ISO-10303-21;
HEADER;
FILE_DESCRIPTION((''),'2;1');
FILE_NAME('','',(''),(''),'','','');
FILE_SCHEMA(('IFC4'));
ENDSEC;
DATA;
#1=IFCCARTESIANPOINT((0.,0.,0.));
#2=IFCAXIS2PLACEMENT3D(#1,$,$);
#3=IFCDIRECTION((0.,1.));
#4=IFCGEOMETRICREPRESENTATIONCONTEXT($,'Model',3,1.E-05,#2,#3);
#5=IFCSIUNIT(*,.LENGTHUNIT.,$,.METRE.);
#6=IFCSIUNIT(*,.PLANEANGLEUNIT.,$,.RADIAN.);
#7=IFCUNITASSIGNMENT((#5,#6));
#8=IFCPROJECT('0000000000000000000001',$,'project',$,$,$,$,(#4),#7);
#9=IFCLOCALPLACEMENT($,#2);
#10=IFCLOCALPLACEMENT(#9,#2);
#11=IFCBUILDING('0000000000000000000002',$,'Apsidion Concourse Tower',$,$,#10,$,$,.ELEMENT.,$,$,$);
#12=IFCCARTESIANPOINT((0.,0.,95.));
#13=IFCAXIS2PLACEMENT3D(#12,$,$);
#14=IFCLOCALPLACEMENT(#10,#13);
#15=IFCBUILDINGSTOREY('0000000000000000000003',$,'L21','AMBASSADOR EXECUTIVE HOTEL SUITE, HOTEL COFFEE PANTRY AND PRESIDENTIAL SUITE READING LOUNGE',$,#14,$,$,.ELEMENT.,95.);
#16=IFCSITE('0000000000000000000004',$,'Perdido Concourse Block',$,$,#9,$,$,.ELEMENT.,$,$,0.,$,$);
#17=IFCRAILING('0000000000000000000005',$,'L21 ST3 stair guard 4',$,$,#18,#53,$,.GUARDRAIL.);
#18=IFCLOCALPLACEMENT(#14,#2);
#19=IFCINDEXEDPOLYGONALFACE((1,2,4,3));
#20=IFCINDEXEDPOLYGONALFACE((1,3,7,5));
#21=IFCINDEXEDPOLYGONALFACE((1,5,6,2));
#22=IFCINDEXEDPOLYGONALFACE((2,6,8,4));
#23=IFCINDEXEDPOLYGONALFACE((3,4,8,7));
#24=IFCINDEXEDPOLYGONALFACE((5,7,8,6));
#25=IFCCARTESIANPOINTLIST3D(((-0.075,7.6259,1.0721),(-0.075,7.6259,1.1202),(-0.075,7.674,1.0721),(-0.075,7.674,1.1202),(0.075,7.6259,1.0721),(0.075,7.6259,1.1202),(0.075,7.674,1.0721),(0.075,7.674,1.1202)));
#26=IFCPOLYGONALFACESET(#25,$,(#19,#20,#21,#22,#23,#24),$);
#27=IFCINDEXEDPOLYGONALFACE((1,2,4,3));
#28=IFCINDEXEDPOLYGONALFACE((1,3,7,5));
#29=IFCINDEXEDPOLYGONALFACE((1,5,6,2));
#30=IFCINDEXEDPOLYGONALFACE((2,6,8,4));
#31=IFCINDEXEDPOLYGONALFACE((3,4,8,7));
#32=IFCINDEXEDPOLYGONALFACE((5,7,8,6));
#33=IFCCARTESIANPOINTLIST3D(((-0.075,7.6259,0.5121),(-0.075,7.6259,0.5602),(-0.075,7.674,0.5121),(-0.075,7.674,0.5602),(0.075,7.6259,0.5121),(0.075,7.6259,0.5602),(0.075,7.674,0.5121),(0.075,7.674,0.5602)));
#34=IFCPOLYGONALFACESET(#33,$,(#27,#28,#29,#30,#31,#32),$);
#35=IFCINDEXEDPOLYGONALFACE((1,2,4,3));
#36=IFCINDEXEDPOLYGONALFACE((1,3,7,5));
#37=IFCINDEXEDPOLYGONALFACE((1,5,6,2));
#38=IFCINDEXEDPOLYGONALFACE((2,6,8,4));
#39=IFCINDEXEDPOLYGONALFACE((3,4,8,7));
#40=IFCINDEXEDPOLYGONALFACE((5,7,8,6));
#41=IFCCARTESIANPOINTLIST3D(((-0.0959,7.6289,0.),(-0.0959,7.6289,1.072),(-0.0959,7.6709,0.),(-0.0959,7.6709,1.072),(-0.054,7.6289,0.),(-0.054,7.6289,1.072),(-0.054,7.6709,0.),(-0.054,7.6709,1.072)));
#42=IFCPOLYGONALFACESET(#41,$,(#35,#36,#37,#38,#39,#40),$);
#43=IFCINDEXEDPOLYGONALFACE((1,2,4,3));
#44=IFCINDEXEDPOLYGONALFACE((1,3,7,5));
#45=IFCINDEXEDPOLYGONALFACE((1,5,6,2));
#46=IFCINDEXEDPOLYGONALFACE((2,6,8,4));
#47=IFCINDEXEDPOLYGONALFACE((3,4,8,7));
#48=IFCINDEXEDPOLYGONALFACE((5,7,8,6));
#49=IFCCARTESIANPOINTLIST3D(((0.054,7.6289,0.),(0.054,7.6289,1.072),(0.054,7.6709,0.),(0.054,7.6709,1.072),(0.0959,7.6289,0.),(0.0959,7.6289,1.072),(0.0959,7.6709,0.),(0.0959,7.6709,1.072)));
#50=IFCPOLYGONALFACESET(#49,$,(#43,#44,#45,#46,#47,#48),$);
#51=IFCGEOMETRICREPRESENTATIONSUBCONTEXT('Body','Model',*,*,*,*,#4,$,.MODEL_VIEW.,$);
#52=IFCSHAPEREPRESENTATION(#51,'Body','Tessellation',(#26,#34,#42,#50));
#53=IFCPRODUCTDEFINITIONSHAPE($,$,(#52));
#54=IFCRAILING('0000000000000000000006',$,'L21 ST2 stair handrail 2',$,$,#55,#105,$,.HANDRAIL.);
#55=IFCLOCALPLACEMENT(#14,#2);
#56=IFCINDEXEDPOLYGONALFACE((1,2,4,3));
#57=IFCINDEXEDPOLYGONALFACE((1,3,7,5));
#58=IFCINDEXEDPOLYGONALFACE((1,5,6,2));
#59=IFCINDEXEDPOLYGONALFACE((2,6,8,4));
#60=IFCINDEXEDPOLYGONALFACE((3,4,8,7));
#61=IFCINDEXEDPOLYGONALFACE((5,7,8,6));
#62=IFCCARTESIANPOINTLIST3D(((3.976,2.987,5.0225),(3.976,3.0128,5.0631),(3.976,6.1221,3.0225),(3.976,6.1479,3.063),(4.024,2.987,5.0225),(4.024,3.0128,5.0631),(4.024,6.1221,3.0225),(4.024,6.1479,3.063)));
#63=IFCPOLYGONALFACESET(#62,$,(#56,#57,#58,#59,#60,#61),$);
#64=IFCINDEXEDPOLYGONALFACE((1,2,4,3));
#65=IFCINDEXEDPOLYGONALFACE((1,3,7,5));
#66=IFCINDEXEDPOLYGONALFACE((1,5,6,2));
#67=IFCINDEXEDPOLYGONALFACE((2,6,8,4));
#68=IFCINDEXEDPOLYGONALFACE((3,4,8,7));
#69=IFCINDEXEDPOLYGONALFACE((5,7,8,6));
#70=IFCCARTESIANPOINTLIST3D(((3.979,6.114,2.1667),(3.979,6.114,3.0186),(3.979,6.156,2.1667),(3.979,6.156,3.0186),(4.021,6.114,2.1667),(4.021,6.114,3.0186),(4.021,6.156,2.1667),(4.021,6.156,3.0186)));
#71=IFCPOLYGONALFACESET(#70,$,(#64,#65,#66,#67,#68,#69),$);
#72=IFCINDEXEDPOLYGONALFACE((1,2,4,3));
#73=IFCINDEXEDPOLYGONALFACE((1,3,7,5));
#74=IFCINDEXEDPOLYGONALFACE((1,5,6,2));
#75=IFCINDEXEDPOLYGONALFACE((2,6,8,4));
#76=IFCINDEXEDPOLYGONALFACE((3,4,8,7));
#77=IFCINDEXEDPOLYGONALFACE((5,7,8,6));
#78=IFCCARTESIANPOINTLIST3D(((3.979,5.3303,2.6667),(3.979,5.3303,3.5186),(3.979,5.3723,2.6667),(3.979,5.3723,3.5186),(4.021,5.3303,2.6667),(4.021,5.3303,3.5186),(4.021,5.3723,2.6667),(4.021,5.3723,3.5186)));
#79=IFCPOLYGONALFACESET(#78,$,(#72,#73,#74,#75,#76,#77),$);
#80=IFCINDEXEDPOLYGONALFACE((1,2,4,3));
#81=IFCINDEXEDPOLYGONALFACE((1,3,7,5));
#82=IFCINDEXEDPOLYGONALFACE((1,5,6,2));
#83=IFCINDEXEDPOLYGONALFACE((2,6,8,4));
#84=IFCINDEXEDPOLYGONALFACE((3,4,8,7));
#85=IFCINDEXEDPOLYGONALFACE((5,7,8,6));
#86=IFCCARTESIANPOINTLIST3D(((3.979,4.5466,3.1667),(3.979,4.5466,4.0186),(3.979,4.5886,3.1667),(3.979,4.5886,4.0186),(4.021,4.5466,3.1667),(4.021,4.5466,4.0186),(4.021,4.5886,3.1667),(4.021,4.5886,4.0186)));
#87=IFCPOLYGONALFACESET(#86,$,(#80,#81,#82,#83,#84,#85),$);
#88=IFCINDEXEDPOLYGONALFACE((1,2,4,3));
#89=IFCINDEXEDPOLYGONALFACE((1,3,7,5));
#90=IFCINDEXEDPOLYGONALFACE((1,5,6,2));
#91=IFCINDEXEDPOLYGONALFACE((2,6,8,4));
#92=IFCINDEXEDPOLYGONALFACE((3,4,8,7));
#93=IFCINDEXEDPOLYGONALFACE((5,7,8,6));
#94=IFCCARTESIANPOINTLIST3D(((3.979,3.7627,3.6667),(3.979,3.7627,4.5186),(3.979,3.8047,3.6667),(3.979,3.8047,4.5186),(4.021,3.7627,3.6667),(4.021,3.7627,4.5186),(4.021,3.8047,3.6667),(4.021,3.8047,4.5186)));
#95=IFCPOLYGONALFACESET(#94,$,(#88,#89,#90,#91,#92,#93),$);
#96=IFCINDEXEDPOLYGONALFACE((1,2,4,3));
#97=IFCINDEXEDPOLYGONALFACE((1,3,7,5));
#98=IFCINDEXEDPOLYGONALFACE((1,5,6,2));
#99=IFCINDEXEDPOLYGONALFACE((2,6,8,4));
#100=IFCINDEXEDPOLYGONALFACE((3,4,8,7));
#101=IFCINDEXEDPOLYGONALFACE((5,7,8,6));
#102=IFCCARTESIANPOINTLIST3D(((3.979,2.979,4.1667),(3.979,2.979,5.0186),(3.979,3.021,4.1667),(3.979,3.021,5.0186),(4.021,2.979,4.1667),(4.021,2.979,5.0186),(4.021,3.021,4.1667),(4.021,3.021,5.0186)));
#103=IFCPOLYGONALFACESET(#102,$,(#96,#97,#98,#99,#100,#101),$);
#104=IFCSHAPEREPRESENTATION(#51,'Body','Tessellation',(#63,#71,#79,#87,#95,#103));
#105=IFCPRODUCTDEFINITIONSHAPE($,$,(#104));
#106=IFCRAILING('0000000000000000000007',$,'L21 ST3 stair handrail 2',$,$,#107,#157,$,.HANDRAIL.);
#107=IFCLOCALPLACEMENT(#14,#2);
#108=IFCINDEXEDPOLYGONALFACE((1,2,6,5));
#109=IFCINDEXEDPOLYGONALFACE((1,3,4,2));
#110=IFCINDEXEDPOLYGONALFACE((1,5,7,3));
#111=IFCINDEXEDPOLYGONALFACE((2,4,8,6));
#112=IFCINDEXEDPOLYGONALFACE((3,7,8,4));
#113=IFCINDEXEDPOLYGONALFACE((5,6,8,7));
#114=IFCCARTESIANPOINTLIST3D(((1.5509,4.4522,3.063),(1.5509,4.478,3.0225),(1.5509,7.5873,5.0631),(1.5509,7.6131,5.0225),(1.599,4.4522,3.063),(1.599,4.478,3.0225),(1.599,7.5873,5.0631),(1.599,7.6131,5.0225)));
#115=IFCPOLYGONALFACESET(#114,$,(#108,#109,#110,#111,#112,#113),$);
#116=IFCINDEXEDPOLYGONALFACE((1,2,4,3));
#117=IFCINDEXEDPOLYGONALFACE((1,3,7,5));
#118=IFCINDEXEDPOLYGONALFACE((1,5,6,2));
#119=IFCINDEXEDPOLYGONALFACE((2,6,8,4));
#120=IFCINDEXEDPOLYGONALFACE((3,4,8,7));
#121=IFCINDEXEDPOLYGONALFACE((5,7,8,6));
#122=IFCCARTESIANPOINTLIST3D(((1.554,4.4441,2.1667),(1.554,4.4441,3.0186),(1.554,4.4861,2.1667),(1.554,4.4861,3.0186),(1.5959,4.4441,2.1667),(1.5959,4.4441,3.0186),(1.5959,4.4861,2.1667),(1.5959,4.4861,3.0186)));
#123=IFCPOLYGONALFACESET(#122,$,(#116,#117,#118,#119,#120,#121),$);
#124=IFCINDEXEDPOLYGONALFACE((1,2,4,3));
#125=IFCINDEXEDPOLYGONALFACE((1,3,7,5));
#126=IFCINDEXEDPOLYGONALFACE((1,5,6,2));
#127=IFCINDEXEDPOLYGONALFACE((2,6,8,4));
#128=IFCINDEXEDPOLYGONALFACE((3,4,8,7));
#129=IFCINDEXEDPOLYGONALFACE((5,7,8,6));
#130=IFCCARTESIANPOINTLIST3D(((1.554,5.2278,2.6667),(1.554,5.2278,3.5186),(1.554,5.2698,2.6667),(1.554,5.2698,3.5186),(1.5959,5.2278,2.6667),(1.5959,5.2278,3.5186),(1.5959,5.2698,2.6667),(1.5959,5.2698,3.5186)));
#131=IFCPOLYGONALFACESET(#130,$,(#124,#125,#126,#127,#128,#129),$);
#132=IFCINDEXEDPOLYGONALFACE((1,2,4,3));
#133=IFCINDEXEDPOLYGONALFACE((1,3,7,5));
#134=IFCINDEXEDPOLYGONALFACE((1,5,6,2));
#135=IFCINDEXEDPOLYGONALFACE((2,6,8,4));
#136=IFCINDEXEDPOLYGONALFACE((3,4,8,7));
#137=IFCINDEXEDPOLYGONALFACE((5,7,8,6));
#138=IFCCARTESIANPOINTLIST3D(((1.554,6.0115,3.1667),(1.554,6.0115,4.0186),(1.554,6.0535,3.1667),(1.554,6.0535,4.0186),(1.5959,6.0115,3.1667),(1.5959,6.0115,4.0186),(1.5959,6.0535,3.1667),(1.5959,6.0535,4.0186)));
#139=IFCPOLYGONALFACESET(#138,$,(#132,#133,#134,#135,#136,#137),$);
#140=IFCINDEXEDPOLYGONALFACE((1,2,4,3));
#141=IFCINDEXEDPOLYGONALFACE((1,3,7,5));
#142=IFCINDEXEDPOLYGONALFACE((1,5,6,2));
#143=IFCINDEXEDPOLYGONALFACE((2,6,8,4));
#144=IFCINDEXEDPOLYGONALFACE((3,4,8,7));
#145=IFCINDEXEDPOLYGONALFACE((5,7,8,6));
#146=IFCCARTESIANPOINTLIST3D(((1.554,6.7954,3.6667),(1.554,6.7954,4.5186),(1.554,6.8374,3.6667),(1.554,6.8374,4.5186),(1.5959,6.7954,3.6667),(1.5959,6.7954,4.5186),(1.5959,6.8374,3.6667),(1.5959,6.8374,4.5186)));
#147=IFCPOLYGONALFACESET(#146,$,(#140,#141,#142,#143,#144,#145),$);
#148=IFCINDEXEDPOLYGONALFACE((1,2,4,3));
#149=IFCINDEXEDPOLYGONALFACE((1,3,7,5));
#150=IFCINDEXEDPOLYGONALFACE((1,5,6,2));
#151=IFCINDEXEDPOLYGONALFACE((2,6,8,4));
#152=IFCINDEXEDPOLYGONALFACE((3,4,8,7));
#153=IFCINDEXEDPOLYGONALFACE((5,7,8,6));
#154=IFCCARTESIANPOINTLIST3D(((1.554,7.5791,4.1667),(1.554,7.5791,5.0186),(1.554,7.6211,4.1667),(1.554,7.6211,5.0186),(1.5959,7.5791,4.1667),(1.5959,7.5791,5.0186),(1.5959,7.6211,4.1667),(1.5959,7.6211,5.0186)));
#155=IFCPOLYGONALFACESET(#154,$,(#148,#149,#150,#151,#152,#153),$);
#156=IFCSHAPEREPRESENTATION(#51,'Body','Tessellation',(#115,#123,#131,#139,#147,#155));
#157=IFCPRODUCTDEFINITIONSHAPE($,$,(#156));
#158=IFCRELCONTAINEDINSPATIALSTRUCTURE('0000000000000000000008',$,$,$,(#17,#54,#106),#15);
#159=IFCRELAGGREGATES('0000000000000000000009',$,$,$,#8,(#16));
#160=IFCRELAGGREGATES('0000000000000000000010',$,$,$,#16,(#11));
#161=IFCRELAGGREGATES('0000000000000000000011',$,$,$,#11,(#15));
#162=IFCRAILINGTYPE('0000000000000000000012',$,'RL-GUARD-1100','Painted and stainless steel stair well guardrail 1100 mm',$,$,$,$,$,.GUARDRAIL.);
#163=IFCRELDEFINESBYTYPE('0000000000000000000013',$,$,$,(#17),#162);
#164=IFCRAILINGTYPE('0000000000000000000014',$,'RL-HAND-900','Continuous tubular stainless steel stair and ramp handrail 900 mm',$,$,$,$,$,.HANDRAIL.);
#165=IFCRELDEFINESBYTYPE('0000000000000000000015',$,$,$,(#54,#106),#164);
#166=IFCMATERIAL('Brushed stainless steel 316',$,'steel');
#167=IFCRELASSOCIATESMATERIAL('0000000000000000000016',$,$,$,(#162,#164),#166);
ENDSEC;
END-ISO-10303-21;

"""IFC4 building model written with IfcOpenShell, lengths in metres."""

from ifc_helpers import new_model, si_unit, direction, frame, origin, origin_2d, place, context, subcontext, project, spatial, rectangle, extrude, material, type_object, element, save


model = new_model("IFC4")

# Units and contexts
model_context = context("Model", 3, precision=1e-05, world=origin(), true_north=direction((0.0, 1.0)))
body_context = subcontext(model_context, "Body", "Model", "MODEL_VIEW")
ifc_project = project(units=[si_unit("LENGTHUNIT", "METRE"), si_unit("PLANEANGLEUNIT", "RADIAN")], contexts=[model_context])

# Site, building, storey
site_placement = place(None, origin())
site = spatial("IfcSite", under=ifc_project, at=site_placement, Name="Perdido Concourse Block", CompositionType="ELEMENT", RefElevation=0.0)
building_placement = place(site_placement, origin())
building = spatial("IfcBuilding", under=site, at=building_placement, Name="Apsidion Concourse Tower", CompositionType="ELEMENT")
storey_placement = place(building_placement, frame((0.0, 0.0, 95.0)))
storey = spatial("IfcBuildingStorey", under=building, at=storey_placement, Name="L21", Description="AMBASSADOR EXECUTIVE HOTEL SUITE, HOTEL COFFEE PANTRY AND PRESIDENTIAL SUITE READING LOUNGE", CompositionType="ELEMENT", Elevation=95.0)

# Railings
ifc_material_1 = material(Name="Brushed stainless steel 316", Category="steel")
railing_type_1 = type_object("IfcRailingType", Name="RL-GUARD-1100", Description="Painted and stainless steel stair well guardrail 1100 mm", PredefinedType="GUARDRAIL", material=ifc_material_1)
railing_1_placement = place(storey_placement, frame((-0.075, 7.6499, 0.0)))
element("IfcRailing", 1, at=railing_1_placement, inside=storey, type_object=railing_type_1, Name="L21 ST3 stair guard 4", PredefinedType="GUARDRAIL", context=body_context, shape_type="SweptSolid", body=[
    extrude(rectangle(XDim=0.0481, YDim=0.0481, at=origin_2d()), frame((0.0, 0.0, 1.0962), z_axis=(1.0, 0.0, 0.0), x_axis=(0.0, 1.0, 0.0)), (0.0, 0.0, 1.0), 0.1499),
    extrude(rectangle(XDim=0.0481, YDim=0.0481, at=origin_2d()), frame((0.0, 0.0, 0.5361), z_axis=(1.0, 0.0, 0.0), x_axis=(0.0, 1.0, 0.0)), (0.0, 0.0, 1.0), 0.1499),
    extrude(rectangle(XDim=0.042, YDim=0.042, at=origin_2d()), origin(), (0.0, 0.0, 1.0), 1.072),
    extrude(rectangle(XDim=0.042, YDim=0.042, at=origin_2d()), frame((0.1499, 0.0, 0.0)), (0.0, 0.0, 1.0), 1.072),
])
railing_type_2 = type_object("IfcRailingType", Name="RL-HAND-900", Description="Continuous tubular stainless steel stair and ramp handrail 900 mm", PredefinedType="HANDRAIL", material=ifc_material_1)
railing_2_placement = place(storey_placement, frame((4.0, 6.135, 2.1667)))
element("IfcRailing", 2, at=railing_2_placement, inside=storey, type_object=railing_type_2, Name="L21 ST2 stair handrail 2", PredefinedType="HANDRAIL", context=body_context, shape_type="SweptSolid", body=[
    extrude(rectangle(XDim=0.0481, YDim=0.0481, at=origin_2d()), frame((0.0, 0.0, 0.876), z_axis=(0.0, -0.843053, 0.537831), x_axis=(1.0, 0.0, 0.0)), (0.0, 0.0, 1.0), 3.7188),
    extrude(rectangle(XDim=0.042, YDim=0.042, at=origin_2d()), origin(), (0.0, 0.0, 1.0), 0.8518),
    extrude(rectangle(XDim=0.042, YDim=0.042, at=origin_2d()), frame((0.0, -0.7837, 0.5)), (0.0, 0.0, 1.0), 0.8518),
    extrude(rectangle(XDim=0.042, YDim=0.042, at=origin_2d()), frame((0.0, -1.5674, 1.0)), (0.0, 0.0, 1.0), 0.8518),
    extrude(rectangle(XDim=0.042, YDim=0.042, at=origin_2d()), frame((0.0, -2.3513, 1.5)), (0.0, 0.0, 1.0), 0.8518),
    extrude(rectangle(XDim=0.042, YDim=0.042, at=origin_2d()), frame((0.0, -3.135, 2.0)), (0.0, 0.0, 1.0), 0.8518),
])
railing_3_placement = place(storey_placement, frame((1.575, 4.4651, 2.1667)))
element("IfcRailing", 3, at=railing_3_placement, inside=storey, type_object=railing_type_2, Name="L21 ST3 stair handrail 2", PredefinedType="HANDRAIL", context=body_context, shape_type="SweptSolid", body=[
    extrude(rectangle(XDim=0.0481, YDim=0.0481, at=origin_2d()), frame((0.0, 0.0, 0.876), z_axis=(0.0, 0.843053, 0.537831), x_axis=(-1.0, 0.0, 0.0)), (0.0, 0.0, 1.0), 3.7188),
    extrude(rectangle(XDim=0.042, YDim=0.042, at=origin_2d()), origin(), (0.0, 0.0, 1.0), 0.8518),
    extrude(rectangle(XDim=0.042, YDim=0.042, at=origin_2d()), frame((0.0, 0.7837, 0.5)), (0.0, 0.0, 1.0), 0.8518),
    extrude(rectangle(XDim=0.042, YDim=0.042, at=origin_2d()), frame((0.0, 1.5674, 1.0)), (0.0, 0.0, 1.0), 0.8518),
    extrude(rectangle(XDim=0.042, YDim=0.042, at=origin_2d()), frame((0.0, 2.3513, 1.5)), (0.0, 0.0, 1.0), 0.8518),
    extrude(rectangle(XDim=0.042, YDim=0.042, at=origin_2d()), frame((0.0, 3.135, 2.0)), (0.0, 0.0, 1.0), 0.8518),
])

save(model, "model.ifc")
